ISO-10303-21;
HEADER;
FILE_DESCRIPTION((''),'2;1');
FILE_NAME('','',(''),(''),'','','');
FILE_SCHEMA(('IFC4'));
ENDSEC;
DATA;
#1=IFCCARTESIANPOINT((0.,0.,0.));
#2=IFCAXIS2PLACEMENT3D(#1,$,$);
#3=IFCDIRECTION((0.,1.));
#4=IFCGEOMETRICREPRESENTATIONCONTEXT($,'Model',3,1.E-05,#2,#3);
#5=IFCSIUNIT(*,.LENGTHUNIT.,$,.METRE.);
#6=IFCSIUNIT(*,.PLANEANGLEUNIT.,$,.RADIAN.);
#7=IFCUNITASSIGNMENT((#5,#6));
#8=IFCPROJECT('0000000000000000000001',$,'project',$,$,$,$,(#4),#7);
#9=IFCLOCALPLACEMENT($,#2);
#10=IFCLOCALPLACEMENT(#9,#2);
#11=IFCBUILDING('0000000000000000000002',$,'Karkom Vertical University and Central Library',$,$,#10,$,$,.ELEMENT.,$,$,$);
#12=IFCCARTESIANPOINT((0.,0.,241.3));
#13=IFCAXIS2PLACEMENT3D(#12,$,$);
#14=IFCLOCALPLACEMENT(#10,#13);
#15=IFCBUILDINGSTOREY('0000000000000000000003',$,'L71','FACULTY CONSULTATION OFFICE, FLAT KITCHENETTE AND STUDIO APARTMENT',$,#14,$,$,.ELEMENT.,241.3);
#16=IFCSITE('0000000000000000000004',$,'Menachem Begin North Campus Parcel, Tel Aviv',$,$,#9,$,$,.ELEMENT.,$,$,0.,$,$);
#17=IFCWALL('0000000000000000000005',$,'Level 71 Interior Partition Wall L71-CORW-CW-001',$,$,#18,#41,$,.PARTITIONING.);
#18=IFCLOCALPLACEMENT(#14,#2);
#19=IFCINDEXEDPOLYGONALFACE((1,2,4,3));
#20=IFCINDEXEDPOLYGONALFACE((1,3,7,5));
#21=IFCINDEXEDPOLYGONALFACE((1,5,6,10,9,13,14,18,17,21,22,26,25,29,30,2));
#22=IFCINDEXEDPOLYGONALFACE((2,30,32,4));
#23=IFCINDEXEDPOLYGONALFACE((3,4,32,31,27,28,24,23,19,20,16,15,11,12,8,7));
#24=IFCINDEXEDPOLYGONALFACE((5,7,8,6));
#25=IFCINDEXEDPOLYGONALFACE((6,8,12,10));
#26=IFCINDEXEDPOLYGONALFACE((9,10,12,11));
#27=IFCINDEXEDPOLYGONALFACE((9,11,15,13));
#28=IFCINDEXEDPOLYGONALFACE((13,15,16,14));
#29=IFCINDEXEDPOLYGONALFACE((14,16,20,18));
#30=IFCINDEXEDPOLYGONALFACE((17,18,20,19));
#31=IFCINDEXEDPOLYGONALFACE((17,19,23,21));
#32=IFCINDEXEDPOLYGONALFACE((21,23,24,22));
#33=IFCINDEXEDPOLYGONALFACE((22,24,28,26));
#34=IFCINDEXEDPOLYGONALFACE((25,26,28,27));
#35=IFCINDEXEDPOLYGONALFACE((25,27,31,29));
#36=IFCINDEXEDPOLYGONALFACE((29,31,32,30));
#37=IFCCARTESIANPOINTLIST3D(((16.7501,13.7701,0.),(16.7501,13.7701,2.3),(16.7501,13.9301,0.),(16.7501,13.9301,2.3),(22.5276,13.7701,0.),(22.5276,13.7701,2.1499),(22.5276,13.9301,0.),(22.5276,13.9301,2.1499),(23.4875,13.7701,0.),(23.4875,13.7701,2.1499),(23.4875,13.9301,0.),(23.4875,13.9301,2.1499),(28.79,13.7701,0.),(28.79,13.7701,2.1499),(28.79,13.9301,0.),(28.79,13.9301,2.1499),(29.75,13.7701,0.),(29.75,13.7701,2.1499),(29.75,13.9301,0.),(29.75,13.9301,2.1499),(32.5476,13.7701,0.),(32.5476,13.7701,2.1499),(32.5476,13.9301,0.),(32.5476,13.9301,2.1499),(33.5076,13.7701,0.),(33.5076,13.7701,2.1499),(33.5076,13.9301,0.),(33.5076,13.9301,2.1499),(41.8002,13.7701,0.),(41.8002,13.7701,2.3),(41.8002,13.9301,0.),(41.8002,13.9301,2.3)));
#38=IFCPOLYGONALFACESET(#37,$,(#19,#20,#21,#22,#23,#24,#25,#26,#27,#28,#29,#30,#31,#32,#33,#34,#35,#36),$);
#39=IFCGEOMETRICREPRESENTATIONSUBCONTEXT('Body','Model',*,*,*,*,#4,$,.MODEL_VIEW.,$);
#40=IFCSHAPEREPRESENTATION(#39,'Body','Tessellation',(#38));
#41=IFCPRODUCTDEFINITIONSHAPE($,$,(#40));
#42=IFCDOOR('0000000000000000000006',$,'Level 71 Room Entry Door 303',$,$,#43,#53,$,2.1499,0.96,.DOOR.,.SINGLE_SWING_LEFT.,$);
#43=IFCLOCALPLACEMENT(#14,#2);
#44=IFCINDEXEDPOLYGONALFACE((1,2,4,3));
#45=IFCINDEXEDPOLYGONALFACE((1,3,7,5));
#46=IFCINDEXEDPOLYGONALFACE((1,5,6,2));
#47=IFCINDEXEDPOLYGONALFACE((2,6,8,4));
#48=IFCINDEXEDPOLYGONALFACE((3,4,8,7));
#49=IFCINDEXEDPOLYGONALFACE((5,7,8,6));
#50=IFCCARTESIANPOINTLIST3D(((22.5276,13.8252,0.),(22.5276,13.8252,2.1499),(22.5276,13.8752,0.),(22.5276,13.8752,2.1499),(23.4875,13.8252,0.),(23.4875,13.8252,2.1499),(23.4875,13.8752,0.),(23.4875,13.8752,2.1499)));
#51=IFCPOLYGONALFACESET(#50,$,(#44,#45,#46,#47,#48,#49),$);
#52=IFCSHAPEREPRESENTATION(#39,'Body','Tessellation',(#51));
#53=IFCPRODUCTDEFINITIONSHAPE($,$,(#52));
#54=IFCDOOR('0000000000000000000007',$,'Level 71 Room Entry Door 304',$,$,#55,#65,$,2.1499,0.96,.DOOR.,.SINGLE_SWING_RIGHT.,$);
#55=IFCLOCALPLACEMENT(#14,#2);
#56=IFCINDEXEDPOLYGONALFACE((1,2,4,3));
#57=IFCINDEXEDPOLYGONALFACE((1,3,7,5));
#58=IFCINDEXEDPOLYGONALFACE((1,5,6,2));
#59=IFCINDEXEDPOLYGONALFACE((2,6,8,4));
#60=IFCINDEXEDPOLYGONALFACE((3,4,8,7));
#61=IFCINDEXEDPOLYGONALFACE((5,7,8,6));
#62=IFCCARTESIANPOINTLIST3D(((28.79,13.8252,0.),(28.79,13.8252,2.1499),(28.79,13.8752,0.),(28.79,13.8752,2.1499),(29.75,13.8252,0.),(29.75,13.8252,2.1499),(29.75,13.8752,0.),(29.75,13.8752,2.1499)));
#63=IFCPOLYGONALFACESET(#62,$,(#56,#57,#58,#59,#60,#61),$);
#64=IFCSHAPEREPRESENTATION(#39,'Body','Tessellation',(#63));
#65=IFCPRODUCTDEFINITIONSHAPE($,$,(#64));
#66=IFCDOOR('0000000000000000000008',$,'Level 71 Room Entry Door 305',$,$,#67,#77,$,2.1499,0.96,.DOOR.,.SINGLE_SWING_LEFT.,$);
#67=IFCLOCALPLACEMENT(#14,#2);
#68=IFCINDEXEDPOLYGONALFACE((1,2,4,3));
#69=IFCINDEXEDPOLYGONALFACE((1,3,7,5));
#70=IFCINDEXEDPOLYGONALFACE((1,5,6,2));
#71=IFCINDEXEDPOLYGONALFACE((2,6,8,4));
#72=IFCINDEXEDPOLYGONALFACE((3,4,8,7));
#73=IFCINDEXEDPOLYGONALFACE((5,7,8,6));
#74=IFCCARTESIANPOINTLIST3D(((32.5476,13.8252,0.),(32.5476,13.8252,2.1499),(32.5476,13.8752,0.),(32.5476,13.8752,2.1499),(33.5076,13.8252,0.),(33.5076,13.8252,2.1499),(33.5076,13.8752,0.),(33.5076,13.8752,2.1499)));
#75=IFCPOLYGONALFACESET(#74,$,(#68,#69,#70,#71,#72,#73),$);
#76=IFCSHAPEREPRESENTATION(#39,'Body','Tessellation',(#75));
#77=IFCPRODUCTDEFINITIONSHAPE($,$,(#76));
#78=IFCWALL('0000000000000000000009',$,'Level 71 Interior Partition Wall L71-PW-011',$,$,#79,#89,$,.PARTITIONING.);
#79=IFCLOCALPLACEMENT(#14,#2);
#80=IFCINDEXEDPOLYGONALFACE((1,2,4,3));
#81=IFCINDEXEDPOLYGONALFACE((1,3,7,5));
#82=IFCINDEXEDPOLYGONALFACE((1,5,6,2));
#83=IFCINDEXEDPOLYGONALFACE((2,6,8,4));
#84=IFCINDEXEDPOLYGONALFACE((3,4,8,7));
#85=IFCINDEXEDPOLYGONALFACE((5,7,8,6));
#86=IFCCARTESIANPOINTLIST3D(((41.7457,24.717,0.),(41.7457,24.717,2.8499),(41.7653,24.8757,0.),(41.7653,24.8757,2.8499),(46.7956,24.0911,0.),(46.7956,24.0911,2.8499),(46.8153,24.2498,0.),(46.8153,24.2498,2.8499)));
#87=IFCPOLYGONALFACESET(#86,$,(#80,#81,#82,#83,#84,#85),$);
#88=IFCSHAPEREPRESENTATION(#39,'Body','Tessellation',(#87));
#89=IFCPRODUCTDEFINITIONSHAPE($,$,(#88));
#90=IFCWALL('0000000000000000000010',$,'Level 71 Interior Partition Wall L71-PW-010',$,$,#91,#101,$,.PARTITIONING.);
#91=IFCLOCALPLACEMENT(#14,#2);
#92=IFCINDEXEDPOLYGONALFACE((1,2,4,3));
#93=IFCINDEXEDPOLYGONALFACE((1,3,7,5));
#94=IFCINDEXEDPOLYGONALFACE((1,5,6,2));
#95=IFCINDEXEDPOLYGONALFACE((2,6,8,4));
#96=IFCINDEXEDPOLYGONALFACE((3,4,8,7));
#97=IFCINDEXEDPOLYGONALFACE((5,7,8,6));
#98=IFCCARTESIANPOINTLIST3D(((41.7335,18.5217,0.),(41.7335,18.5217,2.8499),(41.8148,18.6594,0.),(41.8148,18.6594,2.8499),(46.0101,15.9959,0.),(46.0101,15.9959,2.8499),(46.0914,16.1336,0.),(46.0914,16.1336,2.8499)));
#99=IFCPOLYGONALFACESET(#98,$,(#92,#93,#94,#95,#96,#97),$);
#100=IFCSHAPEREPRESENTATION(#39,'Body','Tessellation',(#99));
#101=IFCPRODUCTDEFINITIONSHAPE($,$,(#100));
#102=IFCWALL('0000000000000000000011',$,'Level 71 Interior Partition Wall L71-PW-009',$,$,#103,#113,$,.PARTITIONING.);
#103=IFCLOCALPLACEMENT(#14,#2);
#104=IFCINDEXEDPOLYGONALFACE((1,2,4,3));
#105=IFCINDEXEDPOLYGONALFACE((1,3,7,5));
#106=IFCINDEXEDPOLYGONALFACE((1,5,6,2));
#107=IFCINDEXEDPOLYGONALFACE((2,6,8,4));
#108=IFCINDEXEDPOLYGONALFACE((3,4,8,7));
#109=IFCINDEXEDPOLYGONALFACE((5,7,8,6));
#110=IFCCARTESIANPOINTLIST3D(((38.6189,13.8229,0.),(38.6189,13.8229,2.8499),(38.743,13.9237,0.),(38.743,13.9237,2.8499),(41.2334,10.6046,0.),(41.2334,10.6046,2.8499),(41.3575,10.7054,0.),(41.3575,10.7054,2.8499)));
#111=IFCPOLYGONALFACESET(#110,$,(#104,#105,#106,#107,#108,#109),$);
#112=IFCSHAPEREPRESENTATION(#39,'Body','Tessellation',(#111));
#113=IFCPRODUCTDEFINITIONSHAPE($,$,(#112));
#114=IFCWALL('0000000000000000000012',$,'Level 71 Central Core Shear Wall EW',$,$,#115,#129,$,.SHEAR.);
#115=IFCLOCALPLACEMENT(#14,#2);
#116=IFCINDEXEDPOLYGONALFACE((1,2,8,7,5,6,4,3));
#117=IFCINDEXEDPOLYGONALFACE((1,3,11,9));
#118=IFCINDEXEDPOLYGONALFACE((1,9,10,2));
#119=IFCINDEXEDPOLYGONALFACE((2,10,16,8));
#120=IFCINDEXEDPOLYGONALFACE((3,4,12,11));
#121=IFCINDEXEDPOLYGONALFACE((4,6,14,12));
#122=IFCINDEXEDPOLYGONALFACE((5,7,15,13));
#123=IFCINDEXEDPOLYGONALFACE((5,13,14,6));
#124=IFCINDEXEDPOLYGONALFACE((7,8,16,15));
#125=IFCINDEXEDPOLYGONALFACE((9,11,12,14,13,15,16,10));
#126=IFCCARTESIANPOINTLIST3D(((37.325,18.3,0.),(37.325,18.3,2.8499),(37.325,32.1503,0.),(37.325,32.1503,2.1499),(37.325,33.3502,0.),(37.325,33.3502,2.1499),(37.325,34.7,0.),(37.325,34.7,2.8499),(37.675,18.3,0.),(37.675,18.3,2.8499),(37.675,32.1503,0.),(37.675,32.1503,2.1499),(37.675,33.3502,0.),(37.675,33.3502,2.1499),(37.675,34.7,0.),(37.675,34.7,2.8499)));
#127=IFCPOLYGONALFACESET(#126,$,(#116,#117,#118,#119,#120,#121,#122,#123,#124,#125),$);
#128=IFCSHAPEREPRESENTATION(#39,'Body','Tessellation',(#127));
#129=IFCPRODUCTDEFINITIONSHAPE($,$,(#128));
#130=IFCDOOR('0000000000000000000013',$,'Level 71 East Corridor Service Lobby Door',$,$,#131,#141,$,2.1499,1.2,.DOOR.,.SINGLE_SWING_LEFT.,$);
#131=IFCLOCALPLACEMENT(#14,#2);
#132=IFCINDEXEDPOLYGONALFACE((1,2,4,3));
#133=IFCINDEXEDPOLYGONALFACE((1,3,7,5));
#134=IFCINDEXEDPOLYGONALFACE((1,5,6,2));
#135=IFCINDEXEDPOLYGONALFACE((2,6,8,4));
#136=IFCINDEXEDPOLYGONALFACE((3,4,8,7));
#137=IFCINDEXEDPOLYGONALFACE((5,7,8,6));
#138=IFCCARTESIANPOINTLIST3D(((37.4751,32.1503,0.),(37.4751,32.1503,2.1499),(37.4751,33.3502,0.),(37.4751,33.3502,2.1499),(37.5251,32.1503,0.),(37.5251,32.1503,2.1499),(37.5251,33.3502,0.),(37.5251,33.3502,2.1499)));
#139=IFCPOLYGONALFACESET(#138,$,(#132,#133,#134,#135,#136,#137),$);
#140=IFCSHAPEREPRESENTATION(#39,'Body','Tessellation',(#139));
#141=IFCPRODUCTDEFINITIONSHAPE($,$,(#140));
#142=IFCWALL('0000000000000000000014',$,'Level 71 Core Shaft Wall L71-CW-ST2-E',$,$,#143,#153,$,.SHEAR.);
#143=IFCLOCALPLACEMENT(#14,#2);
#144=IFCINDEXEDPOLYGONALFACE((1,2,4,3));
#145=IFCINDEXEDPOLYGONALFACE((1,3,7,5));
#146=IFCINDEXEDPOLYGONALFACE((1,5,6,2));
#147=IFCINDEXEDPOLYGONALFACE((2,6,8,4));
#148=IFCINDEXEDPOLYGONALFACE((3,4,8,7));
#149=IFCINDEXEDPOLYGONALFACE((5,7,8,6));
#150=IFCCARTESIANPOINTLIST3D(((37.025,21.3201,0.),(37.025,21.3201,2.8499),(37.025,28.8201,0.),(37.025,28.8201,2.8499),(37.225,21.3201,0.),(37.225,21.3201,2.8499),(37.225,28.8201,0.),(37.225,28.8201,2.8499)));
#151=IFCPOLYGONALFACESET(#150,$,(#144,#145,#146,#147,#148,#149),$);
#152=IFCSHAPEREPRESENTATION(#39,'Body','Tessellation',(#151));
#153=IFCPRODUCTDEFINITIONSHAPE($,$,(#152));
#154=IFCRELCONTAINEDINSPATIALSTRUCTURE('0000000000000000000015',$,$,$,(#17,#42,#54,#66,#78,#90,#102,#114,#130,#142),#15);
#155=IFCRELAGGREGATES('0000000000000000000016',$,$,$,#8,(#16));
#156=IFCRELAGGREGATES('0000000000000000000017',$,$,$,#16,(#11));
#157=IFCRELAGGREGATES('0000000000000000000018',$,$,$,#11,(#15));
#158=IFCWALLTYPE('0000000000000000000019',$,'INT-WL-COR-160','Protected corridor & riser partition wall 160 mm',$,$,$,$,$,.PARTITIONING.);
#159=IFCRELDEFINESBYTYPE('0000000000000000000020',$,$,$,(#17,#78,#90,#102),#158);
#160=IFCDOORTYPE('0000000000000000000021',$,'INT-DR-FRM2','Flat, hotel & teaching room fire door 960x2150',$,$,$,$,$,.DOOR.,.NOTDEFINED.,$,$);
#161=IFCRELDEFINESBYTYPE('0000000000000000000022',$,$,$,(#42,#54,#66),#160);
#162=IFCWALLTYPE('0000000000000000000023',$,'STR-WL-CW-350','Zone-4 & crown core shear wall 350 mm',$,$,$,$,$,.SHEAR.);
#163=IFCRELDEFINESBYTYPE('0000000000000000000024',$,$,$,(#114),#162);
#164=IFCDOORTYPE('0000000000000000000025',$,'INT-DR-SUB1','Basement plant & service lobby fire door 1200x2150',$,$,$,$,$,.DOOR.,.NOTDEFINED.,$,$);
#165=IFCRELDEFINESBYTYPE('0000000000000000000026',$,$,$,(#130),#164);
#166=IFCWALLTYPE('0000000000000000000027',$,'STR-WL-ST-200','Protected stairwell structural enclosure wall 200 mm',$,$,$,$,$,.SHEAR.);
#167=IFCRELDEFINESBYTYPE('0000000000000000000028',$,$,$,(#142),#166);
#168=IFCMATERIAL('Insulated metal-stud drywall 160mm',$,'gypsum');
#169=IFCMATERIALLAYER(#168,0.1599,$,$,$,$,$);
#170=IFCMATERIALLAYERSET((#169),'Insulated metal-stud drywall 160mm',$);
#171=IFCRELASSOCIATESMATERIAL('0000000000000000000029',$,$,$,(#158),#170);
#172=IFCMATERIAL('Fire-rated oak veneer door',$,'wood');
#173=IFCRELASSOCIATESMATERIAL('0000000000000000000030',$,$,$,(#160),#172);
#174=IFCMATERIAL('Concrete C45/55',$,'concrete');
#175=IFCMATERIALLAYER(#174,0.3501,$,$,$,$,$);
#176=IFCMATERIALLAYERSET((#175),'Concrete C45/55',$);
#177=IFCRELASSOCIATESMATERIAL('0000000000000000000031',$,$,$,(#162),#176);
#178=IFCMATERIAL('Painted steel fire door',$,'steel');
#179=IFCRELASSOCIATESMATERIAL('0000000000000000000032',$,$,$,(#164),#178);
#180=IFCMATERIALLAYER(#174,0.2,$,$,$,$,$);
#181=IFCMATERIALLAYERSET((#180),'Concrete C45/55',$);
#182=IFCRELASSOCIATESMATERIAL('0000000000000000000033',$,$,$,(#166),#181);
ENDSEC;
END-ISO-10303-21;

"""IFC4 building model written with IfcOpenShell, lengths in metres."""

from ifc_helpers import new_model, si_unit, direction, frame, frame_2d, origin, origin_with_axes, place, context, subcontext, project, spatial, rectangle, extrude, source, transform, mapped, material, layer, layer_set, type_object, element, fill, save


model = new_model("IFC4")

# Units and contexts
model_context = context("Model", 3, precision=1e-05, world=origin(), true_north=direction((0.0, 1.0)))
body_context = subcontext(model_context, "Body", "Model", "MODEL_VIEW")
ifc_project = project(units=[si_unit("LENGTHUNIT", "METRE"), si_unit("PLANEANGLEUNIT", "RADIAN")], contexts=[model_context])

# Site, building, storey
site_placement = place(None, origin())
site = spatial("IfcSite", under=ifc_project, at=site_placement, Name="Menachem Begin North Campus Parcel, Tel Aviv", CompositionType="ELEMENT", RefElevation=0.0)
building_placement = place(site_placement, origin())
building = spatial("IfcBuilding", under=site, at=building_placement, Name="Karkom Vertical University and Central Library", CompositionType="ELEMENT")
storey_placement = place(building_placement, frame((0.0, 0.0, 241.3)))
storey = spatial("IfcBuildingStorey", under=building, at=storey_placement, Name="L71", Description="FACULTY CONSULTATION OFFICE, FLAT KITCHENETTE AND STUDIO APARTMENT", CompositionType="ELEMENT", Elevation=241.3)

# Shared definitions
ifc_material_1 = material(Name="Concrete C45/55", Category="concrete")

# Wall, openings, doors
ifc_material_2 = material(Name="Insulated metal-stud drywall 160mm", Category="gypsum")
ifc_layer_1 = layer(ifc_material_2, 0.1599)
ifc_layer_set_1 = layer_set([ifc_layer_1], Name="Insulated metal-stud drywall 160mm")
wall_type_1 = type_object("IfcWallType", Name="INT-WL-COR-160", Description="Protected corridor & riser partition wall 160 mm", PredefinedType="PARTITIONING", material=ifc_layer_set_1)
wall_1_placement = place(storey_placement, frame((41.8, 13.8501, 0.0), z_axis=(0.0, 0.0, 1.0), x_axis=(-1.0, 0.0, 0.0)))
wall_1 = element("IfcWall", 1, at=wall_1_placement, inside=storey, type_object=wall_type_1, Name="Level 71 Interior Partition Wall L71-CORW-CW-001", PredefinedType="PARTITIONING", context=body_context, shape_type="SweptSolid", body=[
    extrude(rectangle(XDim=25.05, YDim=0.1599, at=frame_2d((12.5249, 0.0))), origin(), (0.0, 0.0, 1.0), 2.3),
])
opening_1_placement = place(wall_1_placement, frame((18.3125, 0.0, 0.0)))
opening_1 = element("IfcOpeningElement", 2, at=opening_1_placement, cuts=wall_1, PredefinedType="OPENING", context=body_context, shape_type="SweptSolid", body=[
    extrude(rectangle(XDim=0.96, YDim=2.1499, at=frame_2d((0.48, 1.075))), frame((0.0, 0.0898, 0.0), z_axis=(0.0, -1.0, 0.0), x_axis=(1.0, 0.0, 0.0)), (0.0, 0.0, 1.0), 0.1799),
])
opening_2_placement = place(wall_1_placement, frame((12.05, 0.0, 0.0)))
opening_2 = element("IfcOpeningElement", 3, at=opening_2_placement, cuts=wall_1, PredefinedType="OPENING", context=body_context, shape_type="SweptSolid", body=[
    extrude(rectangle(XDim=0.96, YDim=2.1499, at=frame_2d((0.48, 1.075))), frame((0.0, 0.0898, 0.0), z_axis=(0.0, -1.0, 0.0), x_axis=(1.0, 0.0, 0.0)), (0.0, 0.0, 1.0), 0.1799),
])
opening_3_placement = place(wall_1_placement, frame((8.2925, 0.0, 0.0)))
opening_3 = element("IfcOpeningElement", 4, at=opening_3_placement, cuts=wall_1, PredefinedType="OPENING", context=body_context, shape_type="SweptSolid", body=[
    extrude(rectangle(XDim=0.96, YDim=2.1499, at=frame_2d((0.48, 1.075))), frame((0.0, 0.0898, 0.0), z_axis=(0.0, -1.0, 0.0), x_axis=(1.0, 0.0, 0.0)), (0.0, 0.0, 1.0), 0.1799),
])
ifc_material_3 = material(Name="Fire-rated oak veneer door", Category="wood")
door_type_1 = type_object("IfcDoorType", Name="INT-DR-FRM2", Description="Flat, hotel & teaching room fire door 960x2150", OperationType="NOTDEFINED", PredefinedType="DOOR", material=ifc_material_3)
shared_shape_1 = source(origin_with_axes(), body_context, "Body", "SweptSolid", [
    extrude(rectangle(XDim=0.96, YDim=2.1499, at=frame_2d((0.48, 1.075))), frame((0.0, 0.0249, 0.0), z_axis=(0.0, -1.0, 0.0), x_axis=(1.0, 0.0, 0.0)), (0.0, 0.0, 1.0), 0.05),
])
door_1_placement = place(opening_1_placement, origin())
door_1 = element("IfcDoor", 5, at=door_1_placement, inside=storey, type_object=door_type_1, Name="Level 71 Room Entry Door 303", OperationType="SINGLE_SWING_LEFT", OverallHeight=2.1499, OverallWidth=0.96, PredefinedType="DOOR", context=body_context, shape_type="MappedRepresentation", body=[
    mapped(shared_shape_1, transform((0.0, 0.0, 0.0), scale=1.0)),
])
fill(opening_1, door_1)
door_2_placement = place(opening_2_placement, origin())
door_2 = element("IfcDoor", 6, at=door_2_placement, inside=storey, type_object=door_type_1, Name="Level 71 Room Entry Door 304", OperationType="SINGLE_SWING_RIGHT", OverallHeight=2.1499, OverallWidth=0.96, PredefinedType="DOOR", context=body_context, shape_type="MappedRepresentation", body=[
    mapped(shared_shape_1, transform((0.0, 0.0, 0.0), scale=1.0)),
])
fill(opening_2, door_2)
door_3_placement = place(opening_3_placement, origin())
door_3 = element("IfcDoor", 7, at=door_3_placement, inside=storey, type_object=door_type_1, Name="Level 71 Room Entry Door 305", OperationType="SINGLE_SWING_LEFT", OverallHeight=2.1499, OverallWidth=0.96, PredefinedType="DOOR", context=body_context, shape_type="MappedRepresentation", body=[
    mapped(shared_shape_1, transform((0.0, 0.0, 0.0), scale=1.0)),
])
fill(opening_3, door_3)

# Walls
wall_2_placement = place(storey_placement, frame((41.7554, 24.7964, 0.0), z_axis=(0.0, 0.0, 1.0), x_axis=(0.992405, -0.123013, 0.0)))
element("IfcWall", 8, at=wall_2_placement, inside=storey, type_object=wall_type_1, Name="Level 71 Interior Partition Wall L71-PW-011", PredefinedType="PARTITIONING", context=body_context, shape_type="SweptSolid", body=[
    extrude(rectangle(XDim=5.0886, YDim=0.1599, at=frame_2d((2.5444, 0.0))), origin(), (0.0, 0.0, 1.0), 2.8499),
])
wall_3_placement = place(storey_placement, frame((41.7742, 18.5906, 0.0), z_axis=(0.0, 0.0, 1.0), x_axis=(0.861033, -0.508549, 0.0)))
element("IfcWall", 9, at=wall_3_placement, inside=storey, type_object=wall_type_1, Name="Level 71 Interior Partition Wall L71-PW-010", PredefinedType="PARTITIONING", context=body_context, shape_type="SweptSolid", body=[
    extrude(rectangle(XDim=4.9668, YDim=0.1599, at=frame_2d((2.4834, 0.0))), origin(), (0.0, 0.0, 1.0), 2.8499),
])
wall_4_placement = place(storey_placement, frame((38.6809, 13.8733, 0.0), z_axis=(0.0, 0.0, 1.0), x_axis=(0.630544, -0.776154, 0.0)))
element("IfcWall", 10, at=wall_4_placement, inside=storey, type_object=wall_type_1, Name="Level 71 Interior Partition Wall L71-PW-009", PredefinedType="PARTITIONING", context=body_context, shape_type="SweptSolid", body=[
    extrude(rectangle(XDim=4.1465, YDim=0.1599, at=frame_2d((2.0732, 0.0))), origin(), (0.0, 0.0, 1.0), 2.8499),
])

# Wall, opening, door
ifc_layer_2 = layer(ifc_material_1, 0.3501)
ifc_layer_set_2 = layer_set([ifc_layer_2], Name="Concrete C45/55")
wall_type_2 = type_object("IfcWallType", Name="STR-WL-CW-350", Description="Zone-4 & crown core shear wall 350 mm", PredefinedType="SHEAR", material=ifc_layer_set_2)
wall_5_placement = place(storey_placement, frame((37.5, 18.3, 0.0), z_axis=(0.0, 0.0, 1.0), x_axis=(0.0, 1.0, 0.0)))
wall_5 = element("IfcWall", 11, at=wall_5_placement, inside=storey, type_object=wall_type_2, Name="Level 71 Central Core Shear Wall EW", PredefinedType="SHEAR", context=body_context, shape_type="SweptSolid", body=[
    extrude(rectangle(XDim=16.3999, YDim=0.3501, at=frame_2d((8.2, 0.0))), origin(), (0.0, 0.0, 1.0), 2.8499),
])
opening_4_placement = place(wall_5_placement, frame((13.8501, 0.0, 0.0)))
opening_4 = element("IfcOpeningElement", 12, at=opening_4_placement, cuts=wall_5, PredefinedType="OPENING", context=body_context, shape_type="SweptSolid", body=[
    extrude(rectangle(XDim=1.2, YDim=2.1499, at=frame_2d((0.6001, 1.075))), frame((0.0, 0.1851, 0.0), z_axis=(0.0, -1.0, 0.0), x_axis=(1.0, 0.0, 0.0)), (0.0, 0.0, 1.0), 0.3701),
])
ifc_material_4 = material(Name="Painted steel fire door", Category="steel")
door_type_2 = type_object("IfcDoorType", Name="INT-DR-SUB1", Description="Basement plant & service lobby fire door 1200x2150", OperationType="NOTDEFINED", PredefinedType="DOOR", material=ifc_material_4)
shared_shape_2 = source(origin_with_axes(), body_context, "Body", "SweptSolid", [
    extrude(rectangle(XDim=1.2, YDim=2.1499, at=frame_2d((0.6001, 1.075))), frame((0.0, 0.0249, 0.0), z_axis=(0.0, -1.0, 0.0), x_axis=(1.0, 0.0, 0.0)), (0.0, 0.0, 1.0), 0.05),
])
door_4_placement = place(opening_4_placement, origin())
door_4 = element("IfcDoor", 13, at=door_4_placement, inside=storey, type_object=door_type_2, Name="Level 71 East Corridor Service Lobby Door", OperationType="SINGLE_SWING_LEFT", OverallHeight=2.1499, OverallWidth=1.2, PredefinedType="DOOR", context=body_context, shape_type="MappedRepresentation", body=[
    mapped(shared_shape_2, transform((0.0, 0.0, 0.0), scale=1.0)),
])
fill(opening_4, door_4)

# Wall
ifc_layer_3 = layer(ifc_material_1, 0.2)
ifc_layer_set_3 = layer_set([ifc_layer_3], Name="Concrete C45/55")
wall_type_3 = type_object("IfcWallType", Name="STR-WL-ST-200", Description="Protected stairwell structural enclosure wall 200 mm", PredefinedType="SHEAR", material=ifc_layer_set_3)
wall_6_placement = place(storey_placement, frame((37.125, 21.3201, 0.0), z_axis=(0.0, 0.0, 1.0), x_axis=(0.0, 1.0, 0.0)))
element("IfcWall", 14, at=wall_6_placement, inside=storey, type_object=wall_type_3, Name="Level 71 Core Shaft Wall L71-CW-ST2-E", PredefinedType="SHEAR", context=body_context, shape_type="SweptSolid", body=[
    extrude(rectangle(XDim=7.5, YDim=0.2, at=frame_2d((3.75, 0.0))), origin(), (0.0, 0.0, 1.0), 2.8499),
])

save(model, "model.ifc")
